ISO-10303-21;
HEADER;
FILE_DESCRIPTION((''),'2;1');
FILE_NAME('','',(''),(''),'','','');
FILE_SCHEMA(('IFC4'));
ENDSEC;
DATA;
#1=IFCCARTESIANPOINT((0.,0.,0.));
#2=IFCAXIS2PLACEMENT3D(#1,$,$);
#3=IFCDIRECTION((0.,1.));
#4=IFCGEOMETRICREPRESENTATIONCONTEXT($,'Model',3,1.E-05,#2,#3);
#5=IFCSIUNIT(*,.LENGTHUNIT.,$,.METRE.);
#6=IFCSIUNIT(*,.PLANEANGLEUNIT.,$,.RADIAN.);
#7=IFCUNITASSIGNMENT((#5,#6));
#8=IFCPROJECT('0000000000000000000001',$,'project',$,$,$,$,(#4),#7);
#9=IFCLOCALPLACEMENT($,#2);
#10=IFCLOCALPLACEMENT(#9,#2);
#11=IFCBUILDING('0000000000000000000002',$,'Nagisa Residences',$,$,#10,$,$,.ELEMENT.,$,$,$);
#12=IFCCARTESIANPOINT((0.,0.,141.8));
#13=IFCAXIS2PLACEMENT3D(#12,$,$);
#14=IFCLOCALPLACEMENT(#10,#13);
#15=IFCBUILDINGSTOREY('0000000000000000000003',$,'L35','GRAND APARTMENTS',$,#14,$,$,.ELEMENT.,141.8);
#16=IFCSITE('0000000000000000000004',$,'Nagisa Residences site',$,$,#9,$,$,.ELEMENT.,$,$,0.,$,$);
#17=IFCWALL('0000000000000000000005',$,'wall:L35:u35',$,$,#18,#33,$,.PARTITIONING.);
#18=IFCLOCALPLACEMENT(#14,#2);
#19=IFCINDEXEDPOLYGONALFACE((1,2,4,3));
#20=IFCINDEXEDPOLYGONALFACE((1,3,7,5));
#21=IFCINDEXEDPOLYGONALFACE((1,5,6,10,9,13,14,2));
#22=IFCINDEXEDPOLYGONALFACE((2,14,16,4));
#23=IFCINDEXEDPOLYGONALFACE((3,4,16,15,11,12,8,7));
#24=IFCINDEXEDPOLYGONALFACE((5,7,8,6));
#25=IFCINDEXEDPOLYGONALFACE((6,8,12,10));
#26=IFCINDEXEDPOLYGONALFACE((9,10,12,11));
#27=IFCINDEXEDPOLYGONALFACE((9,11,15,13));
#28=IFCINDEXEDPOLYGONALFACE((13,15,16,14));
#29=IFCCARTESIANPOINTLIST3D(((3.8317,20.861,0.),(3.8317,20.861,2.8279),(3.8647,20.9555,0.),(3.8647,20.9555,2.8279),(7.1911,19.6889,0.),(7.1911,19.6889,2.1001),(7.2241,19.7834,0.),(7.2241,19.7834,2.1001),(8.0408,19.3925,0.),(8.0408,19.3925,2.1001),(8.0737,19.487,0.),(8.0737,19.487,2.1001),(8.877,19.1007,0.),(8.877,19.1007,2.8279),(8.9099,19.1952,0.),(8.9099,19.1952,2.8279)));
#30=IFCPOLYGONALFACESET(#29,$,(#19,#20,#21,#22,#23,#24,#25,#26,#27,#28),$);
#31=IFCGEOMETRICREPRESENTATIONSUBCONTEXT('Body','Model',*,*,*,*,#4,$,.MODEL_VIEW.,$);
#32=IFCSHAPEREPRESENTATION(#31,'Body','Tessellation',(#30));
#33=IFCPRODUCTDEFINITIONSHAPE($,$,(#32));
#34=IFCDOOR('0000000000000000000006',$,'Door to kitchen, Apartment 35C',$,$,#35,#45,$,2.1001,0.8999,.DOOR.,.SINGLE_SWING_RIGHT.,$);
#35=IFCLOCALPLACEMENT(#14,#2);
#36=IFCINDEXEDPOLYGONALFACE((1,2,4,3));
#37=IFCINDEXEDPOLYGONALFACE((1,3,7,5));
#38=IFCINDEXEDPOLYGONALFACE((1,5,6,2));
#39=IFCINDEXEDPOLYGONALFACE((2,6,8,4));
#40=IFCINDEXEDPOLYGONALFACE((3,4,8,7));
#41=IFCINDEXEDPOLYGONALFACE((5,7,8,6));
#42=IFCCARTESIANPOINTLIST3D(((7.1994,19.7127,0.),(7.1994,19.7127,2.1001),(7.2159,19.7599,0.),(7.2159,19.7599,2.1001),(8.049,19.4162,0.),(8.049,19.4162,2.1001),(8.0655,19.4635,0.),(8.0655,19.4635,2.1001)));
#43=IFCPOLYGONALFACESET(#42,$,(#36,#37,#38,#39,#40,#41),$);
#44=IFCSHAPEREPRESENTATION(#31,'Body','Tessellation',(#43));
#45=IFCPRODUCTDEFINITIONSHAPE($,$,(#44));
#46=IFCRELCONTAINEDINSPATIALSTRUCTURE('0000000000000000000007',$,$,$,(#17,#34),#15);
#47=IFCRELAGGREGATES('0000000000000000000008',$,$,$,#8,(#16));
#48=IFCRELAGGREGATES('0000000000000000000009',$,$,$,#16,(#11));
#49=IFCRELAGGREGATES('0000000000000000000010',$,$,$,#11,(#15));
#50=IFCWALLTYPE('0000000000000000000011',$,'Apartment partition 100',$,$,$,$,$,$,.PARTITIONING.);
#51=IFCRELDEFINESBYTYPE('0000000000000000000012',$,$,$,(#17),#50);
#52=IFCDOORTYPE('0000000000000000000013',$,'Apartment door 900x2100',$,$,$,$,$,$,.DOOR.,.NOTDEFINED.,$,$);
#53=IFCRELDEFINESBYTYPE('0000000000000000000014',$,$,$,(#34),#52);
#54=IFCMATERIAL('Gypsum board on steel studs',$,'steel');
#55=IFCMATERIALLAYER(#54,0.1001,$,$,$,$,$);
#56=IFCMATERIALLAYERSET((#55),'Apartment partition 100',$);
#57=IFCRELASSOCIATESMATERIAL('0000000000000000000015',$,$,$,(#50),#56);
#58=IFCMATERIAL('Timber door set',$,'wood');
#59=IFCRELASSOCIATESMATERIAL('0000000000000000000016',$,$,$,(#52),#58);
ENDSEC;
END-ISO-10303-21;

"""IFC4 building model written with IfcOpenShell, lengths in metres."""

from ifc_helpers import new_model, si_unit, direction, frame, frame_2d, origin, place, context, subcontext, project, spatial, rectangle, extrude, material, layer, layer_set, type_object, element, fill, save


model = new_model("IFC4")

# Units and contexts
model_context = context("Model", 3, precision=1e-05, world=origin(), true_north=direction((0.0, 1.0)))
body_context = subcontext(model_context, "Body", "Model", "MODEL_VIEW")
ifc_project = project(units=[si_unit("LENGTHUNIT", "METRE"), si_unit("PLANEANGLEUNIT", "RADIAN")], contexts=[model_context])

# Site, building, storey
site_placement = place(None, origin())
site = spatial("IfcSite", under=ifc_project, at=site_placement, Name="Nagisa Residences site", CompositionType="ELEMENT", RefElevation=0.0)
building_placement = place(site_placement, origin())
building = spatial("IfcBuilding", under=site, at=building_placement, Name="Nagisa Residences", CompositionType="ELEMENT")
storey_placement = place(building_placement, frame((0.0, 0.0, 141.8)))
storey = spatial("IfcBuildingStorey", under=building, at=storey_placement, Name="L35", Description="GRAND APARTMENTS", CompositionType="ELEMENT", Elevation=141.8)

# Shared definitions
ifc_material_1 = material(Name="Gypsum board on steel studs", Category="steel")
ifc_layer_1 = layer(ifc_material_1, 0.1001)
ifc_layer_set_1 = layer_set([ifc_layer_1], Name="Apartment partition 100")
wall_type_1 = type_object("IfcWallType", Name="Apartment partition 100", PredefinedType="PARTITIONING", material=ifc_layer_set_1)

# Wall, opening, door
ifc_material_2 = material(Name="Timber door set", Category="wood")
door_type_1 = type_object("IfcDoorType", Name="Apartment door 900x2100", OperationType="NOTDEFINED", PredefinedType="DOOR", material=ifc_material_2)
wall_1_placement = place(storey_placement, frame((8.8936, 19.1479, 0.0), z_axis=(0.0, 0.0, 1.0), x_axis=(-0.944182, 0.329424, 0.0)))
wall_1 = element("IfcWall", 1, at=wall_1_placement, inside=storey, type_object=wall_type_1, Name="wall:L35:u35", PredefinedType="PARTITIONING", context=body_context, shape_type="SweptSolid", body=[
    extrude(rectangle(XDim=5.3435, YDim=0.1001, at=frame_2d((2.6719, 0.0))), origin(), (0.0, 0.0, 1.0), 2.8279),
])
opening_1_placement = place(wall_1_placement, frame((0.8857, 0.0, 0.0)))
opening_1 = element("IfcOpeningElement", 2, at=opening_1_placement, cuts=wall_1, PredefinedType="OPENING", context=body_context, shape_type="SweptSolid", body=[
    extrude(rectangle(XDim=0.8999, YDim=2.1001, at=frame_2d((0.45, 1.05))), frame((0.0, 0.0601, 0.0), z_axis=(0.0, -1.0, 0.0), x_axis=(1.0, 0.0, 0.0)), (0.0, 0.0, 1.0), 0.1201),
])
door_1_placement = place(opening_1_placement, origin())
door_1 = element("IfcDoor", 3, at=door_1_placement, inside=storey, type_object=door_type_1, Name="Door to kitchen, Apartment 35C", OperationType="SINGLE_SWING_RIGHT", OverallHeight=2.1001, OverallWidth=0.8999, PredefinedType="DOOR", context=body_context, shape_type="SweptSolid", body=[
    extrude(rectangle(XDim=0.8999, YDim=2.1001, at=frame_2d((0.45, 1.05))), frame((0.0, 0.0249, 0.0), z_axis=(0.0, -1.0, 0.0), x_axis=(1.0, 0.0, 0.0)), (0.0, 0.0, 1.0), 0.05),
])
fill(opening_1, door_1)

save(model, "model.ifc")
